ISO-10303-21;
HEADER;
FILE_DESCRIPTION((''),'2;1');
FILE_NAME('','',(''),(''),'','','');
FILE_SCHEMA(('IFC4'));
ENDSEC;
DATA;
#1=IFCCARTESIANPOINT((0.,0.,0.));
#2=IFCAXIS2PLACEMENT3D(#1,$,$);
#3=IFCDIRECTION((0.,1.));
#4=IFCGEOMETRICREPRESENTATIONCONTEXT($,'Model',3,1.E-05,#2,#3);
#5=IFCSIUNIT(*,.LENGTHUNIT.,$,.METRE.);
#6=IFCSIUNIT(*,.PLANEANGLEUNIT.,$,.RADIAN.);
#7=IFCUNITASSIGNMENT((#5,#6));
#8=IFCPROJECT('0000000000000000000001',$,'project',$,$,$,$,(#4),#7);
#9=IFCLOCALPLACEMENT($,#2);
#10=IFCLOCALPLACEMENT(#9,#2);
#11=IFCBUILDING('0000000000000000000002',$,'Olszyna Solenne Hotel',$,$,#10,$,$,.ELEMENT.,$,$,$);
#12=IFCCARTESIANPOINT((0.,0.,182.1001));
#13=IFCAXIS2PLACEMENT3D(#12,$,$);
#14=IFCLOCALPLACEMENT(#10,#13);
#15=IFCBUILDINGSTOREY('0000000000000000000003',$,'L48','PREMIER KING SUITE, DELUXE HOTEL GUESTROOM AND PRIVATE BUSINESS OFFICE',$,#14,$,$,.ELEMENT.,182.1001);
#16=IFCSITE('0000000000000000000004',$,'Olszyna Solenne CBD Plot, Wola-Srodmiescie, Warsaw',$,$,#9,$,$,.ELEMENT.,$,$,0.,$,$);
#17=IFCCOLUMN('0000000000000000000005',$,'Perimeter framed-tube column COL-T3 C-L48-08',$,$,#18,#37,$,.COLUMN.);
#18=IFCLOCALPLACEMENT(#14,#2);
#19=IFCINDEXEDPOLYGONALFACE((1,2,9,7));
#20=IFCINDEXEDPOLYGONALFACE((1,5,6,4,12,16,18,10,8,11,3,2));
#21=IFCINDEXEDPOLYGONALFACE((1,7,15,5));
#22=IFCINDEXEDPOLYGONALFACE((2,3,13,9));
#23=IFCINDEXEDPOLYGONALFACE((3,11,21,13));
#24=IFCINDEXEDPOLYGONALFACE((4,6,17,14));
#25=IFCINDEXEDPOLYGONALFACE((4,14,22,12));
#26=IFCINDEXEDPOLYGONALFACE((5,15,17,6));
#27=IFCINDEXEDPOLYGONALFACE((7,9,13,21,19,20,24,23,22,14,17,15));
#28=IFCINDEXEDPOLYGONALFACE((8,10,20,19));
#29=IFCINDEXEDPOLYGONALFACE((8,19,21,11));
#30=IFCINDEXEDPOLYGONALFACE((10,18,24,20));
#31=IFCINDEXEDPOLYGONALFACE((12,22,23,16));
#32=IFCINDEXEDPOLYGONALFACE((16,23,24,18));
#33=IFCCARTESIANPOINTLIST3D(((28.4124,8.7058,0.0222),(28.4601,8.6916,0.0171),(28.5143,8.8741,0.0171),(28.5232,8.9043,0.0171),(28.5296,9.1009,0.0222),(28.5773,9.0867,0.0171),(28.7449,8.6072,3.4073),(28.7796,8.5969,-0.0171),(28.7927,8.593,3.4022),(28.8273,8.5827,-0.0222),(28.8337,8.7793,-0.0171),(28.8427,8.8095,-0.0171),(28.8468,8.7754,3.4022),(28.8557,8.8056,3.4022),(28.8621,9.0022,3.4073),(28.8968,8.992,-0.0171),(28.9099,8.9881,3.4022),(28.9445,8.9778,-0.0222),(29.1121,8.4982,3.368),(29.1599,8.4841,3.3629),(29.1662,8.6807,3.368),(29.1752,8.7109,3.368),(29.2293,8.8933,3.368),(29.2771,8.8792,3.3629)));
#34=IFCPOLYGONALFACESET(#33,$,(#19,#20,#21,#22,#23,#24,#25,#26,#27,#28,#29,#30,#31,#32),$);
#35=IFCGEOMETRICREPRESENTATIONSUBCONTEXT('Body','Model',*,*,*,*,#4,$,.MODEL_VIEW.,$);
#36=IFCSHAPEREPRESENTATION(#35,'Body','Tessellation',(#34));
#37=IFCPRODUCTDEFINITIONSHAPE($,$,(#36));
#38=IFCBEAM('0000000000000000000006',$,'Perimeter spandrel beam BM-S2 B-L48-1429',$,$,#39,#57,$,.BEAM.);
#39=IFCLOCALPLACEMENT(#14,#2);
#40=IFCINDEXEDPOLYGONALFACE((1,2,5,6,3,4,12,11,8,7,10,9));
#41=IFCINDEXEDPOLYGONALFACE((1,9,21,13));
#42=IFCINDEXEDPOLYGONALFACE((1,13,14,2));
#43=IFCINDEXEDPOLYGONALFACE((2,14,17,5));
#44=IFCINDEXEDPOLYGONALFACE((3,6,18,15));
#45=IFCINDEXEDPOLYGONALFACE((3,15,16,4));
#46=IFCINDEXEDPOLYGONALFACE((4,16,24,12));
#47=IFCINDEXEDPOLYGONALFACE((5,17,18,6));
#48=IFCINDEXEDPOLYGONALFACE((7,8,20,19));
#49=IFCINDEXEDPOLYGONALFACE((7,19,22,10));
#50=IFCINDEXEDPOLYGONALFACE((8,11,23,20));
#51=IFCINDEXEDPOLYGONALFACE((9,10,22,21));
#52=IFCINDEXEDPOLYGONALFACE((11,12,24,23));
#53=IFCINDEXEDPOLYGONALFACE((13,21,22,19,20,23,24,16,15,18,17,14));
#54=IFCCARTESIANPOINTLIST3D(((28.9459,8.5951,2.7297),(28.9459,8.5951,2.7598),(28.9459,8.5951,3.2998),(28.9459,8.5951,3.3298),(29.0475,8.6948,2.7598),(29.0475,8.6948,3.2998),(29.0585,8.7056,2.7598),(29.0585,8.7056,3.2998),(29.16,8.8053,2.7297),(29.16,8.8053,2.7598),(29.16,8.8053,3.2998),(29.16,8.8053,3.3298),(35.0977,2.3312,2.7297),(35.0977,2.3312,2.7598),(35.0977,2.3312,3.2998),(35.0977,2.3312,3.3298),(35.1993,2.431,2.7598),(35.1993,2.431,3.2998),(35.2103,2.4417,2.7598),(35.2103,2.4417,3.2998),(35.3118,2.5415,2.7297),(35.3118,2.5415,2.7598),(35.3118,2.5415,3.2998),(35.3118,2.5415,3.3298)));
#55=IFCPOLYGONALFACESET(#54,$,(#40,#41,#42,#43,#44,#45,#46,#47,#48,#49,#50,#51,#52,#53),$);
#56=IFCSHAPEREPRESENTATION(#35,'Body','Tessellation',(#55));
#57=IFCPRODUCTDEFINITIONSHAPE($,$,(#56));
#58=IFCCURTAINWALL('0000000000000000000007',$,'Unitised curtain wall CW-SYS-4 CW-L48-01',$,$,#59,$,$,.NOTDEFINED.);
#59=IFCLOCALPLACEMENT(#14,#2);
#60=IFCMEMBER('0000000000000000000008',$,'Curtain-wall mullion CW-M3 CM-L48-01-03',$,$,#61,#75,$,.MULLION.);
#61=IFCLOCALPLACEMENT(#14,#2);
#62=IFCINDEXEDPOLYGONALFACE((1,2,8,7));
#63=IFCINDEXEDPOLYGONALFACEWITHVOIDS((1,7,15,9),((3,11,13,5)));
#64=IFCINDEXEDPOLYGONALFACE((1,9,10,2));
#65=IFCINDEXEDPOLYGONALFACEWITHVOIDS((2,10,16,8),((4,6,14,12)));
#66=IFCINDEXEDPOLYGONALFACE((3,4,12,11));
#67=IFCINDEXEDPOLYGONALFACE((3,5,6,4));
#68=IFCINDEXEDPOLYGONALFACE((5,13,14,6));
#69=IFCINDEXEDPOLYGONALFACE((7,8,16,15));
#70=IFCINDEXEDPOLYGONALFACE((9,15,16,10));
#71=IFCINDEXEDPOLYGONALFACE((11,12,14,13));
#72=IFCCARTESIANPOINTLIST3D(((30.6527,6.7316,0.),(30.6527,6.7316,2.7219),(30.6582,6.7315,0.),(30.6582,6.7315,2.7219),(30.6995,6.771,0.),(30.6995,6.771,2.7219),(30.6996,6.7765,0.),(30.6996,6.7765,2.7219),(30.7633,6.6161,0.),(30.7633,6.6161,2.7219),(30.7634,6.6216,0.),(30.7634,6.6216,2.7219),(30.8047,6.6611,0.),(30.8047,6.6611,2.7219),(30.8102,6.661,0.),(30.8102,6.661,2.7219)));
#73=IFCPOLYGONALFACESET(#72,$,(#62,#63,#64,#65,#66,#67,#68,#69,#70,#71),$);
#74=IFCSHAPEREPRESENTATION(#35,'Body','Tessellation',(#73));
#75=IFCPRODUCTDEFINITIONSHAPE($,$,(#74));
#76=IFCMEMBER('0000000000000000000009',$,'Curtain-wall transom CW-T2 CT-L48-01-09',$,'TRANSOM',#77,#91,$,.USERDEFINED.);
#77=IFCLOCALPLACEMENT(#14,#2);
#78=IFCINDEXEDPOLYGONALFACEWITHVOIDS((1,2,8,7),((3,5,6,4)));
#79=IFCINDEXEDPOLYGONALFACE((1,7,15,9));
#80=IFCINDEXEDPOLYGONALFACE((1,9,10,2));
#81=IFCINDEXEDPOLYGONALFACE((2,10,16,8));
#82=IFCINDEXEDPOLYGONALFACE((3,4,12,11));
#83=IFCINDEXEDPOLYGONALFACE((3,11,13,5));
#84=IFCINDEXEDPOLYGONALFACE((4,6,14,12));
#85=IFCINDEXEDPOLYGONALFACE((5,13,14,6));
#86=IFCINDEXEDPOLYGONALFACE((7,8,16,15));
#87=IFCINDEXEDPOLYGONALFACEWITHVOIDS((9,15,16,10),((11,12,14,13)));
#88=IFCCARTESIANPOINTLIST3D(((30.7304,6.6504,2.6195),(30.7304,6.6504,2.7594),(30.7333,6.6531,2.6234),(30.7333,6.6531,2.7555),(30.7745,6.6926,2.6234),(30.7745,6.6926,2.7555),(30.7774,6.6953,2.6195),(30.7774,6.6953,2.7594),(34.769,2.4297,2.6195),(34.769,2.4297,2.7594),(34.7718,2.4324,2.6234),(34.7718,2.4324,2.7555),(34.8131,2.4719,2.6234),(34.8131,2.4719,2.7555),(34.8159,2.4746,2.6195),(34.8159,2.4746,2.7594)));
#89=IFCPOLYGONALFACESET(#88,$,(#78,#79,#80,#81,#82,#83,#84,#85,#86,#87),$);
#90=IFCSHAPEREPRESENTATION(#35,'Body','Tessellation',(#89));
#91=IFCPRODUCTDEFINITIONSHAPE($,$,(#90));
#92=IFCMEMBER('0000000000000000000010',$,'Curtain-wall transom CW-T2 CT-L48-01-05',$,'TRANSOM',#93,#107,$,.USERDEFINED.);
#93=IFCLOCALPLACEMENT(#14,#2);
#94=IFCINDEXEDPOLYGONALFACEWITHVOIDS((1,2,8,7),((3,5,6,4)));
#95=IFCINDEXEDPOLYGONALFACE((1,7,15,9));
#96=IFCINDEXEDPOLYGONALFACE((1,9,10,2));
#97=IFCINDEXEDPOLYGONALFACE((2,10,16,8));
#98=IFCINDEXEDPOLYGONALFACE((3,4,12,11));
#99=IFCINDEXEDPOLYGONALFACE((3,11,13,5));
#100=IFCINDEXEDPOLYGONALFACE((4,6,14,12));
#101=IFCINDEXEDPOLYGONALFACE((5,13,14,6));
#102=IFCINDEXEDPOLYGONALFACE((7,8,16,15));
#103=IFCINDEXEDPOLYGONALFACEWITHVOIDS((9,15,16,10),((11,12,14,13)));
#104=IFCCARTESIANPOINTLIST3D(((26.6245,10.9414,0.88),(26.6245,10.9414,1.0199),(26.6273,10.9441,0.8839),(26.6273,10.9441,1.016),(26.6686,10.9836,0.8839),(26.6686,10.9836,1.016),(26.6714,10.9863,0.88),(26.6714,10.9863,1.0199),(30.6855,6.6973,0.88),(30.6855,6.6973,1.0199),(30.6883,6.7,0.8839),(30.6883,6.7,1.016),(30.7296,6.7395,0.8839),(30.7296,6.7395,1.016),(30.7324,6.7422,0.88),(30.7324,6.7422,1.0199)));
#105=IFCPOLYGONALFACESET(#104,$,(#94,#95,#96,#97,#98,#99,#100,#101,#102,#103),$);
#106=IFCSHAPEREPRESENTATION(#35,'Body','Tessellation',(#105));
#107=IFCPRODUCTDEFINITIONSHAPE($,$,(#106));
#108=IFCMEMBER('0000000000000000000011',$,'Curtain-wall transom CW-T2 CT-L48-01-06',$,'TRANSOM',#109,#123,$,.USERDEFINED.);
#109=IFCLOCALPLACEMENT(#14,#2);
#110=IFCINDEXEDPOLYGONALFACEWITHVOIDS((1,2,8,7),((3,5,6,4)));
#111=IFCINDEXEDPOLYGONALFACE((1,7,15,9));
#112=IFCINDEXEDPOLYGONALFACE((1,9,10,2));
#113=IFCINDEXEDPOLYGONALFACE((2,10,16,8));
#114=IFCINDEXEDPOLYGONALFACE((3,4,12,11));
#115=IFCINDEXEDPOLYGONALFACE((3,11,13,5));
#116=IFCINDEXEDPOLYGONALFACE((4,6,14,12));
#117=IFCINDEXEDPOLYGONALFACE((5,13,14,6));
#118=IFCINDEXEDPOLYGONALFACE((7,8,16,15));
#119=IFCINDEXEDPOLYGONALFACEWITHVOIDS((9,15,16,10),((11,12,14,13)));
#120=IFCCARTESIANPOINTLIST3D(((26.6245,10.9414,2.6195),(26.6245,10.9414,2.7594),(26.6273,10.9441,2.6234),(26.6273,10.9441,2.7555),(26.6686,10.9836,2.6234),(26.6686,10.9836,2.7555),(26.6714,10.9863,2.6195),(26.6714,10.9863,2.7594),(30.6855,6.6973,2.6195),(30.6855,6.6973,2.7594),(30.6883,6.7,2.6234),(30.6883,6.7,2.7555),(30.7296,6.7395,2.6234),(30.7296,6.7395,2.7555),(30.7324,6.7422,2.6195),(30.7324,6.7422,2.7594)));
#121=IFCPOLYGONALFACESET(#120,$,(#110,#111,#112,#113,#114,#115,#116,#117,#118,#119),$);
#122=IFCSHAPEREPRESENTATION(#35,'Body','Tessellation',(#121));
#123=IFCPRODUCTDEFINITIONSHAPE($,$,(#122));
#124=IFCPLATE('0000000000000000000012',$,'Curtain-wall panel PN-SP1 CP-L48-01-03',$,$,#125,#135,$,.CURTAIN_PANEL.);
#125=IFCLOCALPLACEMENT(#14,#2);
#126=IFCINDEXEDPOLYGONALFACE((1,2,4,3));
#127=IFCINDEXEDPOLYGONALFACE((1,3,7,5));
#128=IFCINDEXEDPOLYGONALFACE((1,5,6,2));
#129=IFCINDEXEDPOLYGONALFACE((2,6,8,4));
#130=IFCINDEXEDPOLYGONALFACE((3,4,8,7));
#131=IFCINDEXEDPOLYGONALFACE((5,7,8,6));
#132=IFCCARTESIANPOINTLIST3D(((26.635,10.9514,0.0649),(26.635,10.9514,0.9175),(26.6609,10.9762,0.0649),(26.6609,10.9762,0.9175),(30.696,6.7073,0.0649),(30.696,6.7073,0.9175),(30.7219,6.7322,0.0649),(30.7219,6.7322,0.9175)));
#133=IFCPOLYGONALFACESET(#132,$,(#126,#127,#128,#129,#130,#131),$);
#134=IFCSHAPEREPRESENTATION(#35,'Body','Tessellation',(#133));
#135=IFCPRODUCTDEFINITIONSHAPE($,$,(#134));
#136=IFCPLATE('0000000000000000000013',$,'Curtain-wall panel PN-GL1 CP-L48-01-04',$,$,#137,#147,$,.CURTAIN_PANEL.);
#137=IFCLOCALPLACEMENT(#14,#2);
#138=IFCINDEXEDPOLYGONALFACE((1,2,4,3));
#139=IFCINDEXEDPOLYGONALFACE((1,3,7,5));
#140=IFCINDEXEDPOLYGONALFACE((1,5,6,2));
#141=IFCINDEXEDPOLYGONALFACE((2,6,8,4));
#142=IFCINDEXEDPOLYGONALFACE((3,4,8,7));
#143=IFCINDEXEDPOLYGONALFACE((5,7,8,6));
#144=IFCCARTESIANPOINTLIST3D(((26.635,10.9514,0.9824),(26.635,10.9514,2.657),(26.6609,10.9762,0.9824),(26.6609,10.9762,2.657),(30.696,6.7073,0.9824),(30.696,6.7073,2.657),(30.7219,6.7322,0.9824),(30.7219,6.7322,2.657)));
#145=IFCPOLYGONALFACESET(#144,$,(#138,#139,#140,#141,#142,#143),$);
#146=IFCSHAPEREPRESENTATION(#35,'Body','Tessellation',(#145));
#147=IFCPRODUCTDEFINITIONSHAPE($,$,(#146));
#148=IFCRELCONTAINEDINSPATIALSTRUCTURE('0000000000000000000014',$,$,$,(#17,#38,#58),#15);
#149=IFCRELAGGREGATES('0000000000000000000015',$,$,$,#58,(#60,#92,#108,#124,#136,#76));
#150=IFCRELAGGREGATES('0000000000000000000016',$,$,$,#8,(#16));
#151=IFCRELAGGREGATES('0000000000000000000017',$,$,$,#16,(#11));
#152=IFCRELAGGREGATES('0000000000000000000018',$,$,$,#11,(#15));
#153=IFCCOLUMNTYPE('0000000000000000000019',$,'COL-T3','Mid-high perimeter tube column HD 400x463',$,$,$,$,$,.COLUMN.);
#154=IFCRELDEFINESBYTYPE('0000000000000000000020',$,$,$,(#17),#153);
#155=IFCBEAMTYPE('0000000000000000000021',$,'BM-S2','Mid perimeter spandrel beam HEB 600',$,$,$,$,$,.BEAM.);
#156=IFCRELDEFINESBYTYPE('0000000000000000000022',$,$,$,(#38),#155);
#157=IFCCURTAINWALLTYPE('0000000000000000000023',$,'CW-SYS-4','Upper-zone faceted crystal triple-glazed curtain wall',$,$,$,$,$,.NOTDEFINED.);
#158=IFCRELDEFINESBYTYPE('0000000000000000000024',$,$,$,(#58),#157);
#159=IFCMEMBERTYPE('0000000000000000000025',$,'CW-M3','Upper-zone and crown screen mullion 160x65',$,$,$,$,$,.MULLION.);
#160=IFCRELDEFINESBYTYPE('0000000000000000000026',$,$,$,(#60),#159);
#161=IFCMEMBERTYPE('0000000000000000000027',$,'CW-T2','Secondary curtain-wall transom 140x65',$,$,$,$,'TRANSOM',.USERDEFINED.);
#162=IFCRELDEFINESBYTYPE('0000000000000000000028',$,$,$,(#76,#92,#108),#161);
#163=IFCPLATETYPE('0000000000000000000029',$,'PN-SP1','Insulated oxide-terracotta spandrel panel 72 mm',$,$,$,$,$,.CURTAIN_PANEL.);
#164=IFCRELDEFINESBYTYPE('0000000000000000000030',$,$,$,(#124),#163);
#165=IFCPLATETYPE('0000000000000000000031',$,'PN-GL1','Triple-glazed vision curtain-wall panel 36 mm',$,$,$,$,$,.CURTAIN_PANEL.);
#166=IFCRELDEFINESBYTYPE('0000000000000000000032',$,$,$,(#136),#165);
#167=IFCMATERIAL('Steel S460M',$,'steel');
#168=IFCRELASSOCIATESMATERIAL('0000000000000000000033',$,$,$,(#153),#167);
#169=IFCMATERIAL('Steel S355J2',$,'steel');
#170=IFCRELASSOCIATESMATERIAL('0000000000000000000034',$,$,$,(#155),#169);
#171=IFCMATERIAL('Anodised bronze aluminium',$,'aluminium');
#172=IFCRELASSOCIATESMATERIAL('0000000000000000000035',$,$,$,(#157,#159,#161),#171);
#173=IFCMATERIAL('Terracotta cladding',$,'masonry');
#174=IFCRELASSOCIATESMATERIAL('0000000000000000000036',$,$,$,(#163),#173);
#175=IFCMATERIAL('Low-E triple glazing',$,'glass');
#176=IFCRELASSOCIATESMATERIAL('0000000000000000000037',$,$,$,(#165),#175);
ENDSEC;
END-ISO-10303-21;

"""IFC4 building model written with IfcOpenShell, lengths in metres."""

from ifc_helpers import new_model, si_unit, direction, frame, origin, origin_2d, place, context, subcontext, project, spatial, rectangle, hollow_rectangle, i_section, extrude, source, transform, mapped, material, material_profile, profile_set, type_object, element, aggregate, save


model = new_model("IFC4")

# Units and contexts
model_context = context("Model", 3, precision=1e-05, world=origin(), true_north=direction((0.0, 1.0)))
body_context = subcontext(model_context, "Body", "Model", "MODEL_VIEW")
ifc_project = project(units=[si_unit("LENGTHUNIT", "METRE"), si_unit("PLANEANGLEUNIT", "RADIAN")], contexts=[model_context])

# Site, building, storey
site_placement = place(None, origin())
site = spatial("IfcSite", under=ifc_project, at=site_placement, Name="Olszyna Solenne CBD Plot, Wola-Srodmiescie, Warsaw", CompositionType="ELEMENT", RefElevation=0.0)
building_placement = place(site_placement, origin())
building = spatial("IfcBuilding", under=site, at=building_placement, Name="Olszyna Solenne Hotel", CompositionType="ELEMENT")
storey_placement = place(building_placement, frame((0.0, 0.0, 182.1001)))
storey = spatial("IfcBuildingStorey", under=building, at=storey_placement, Name="L48", Description="PREMIER KING SUITE, DELUXE HOTEL GUESTROOM AND PRIVATE BUSINESS OFFICE", CompositionType="ELEMENT", Elevation=182.1001)

# Column
ifc_material_1 = material(Name="Steel S460M", Category="steel")
ifc_material_profile_1 = material_profile(ifc_material_1, i_section(OverallWidth=0.4121, OverallDepth=0.4351, WebThickness=0.0315, FlangeThickness=0.05, at=origin_2d()), Name="HD 400x463", Category="load-bearing")
ifc_profile_set_1 = profile_set([ifc_material_profile_1], Name="Steel S460M")
column_type = type_object("IfcColumnType", Name="COL-T3", Description="Mid-high perimeter tube column HD 400x463", PredefinedType="COLUMN", material=ifc_profile_set_1)
shared_shape_1 = source(origin(), body_context, "Body", "SweptSolid", [
    extrude(i_section(OverallWidth=0.4121, OverallDepth=0.4351, WebThickness=0.0315, FlangeThickness=0.05, at=origin_2d()), origin(), (0.0, 0.0, 1.0), 3.4028),
])
column_placement = place(storey_placement, frame((28.6785, 8.8418, 0.0), z_axis=(0.097721, -0.028986, 0.994792), x_axis=(0.284376, 0.958713, 0.0)))
element("IfcColumn", 1, at=column_placement, inside=storey, type_object=column_type, Name="Perimeter framed-tube column COL-T3 C-L48-08", PredefinedType="COLUMN", context=body_context, shape_type="MappedRepresentation", body=[
    mapped(shared_shape_1, transform((0.0, 0.0, 0.0), x_axis=(1.0, 0.0, 0.0), y_axis=(0.0, 1.0, 0.0), z_axis=(0.0, 0.0, 1.0), scale=1.0)),
])

# Beam
ifc_material_2 = material(Name="Steel S355J2", Category="steel")
ifc_material_profile_2 = material_profile(ifc_material_2, i_section(OverallWidth=0.3, OverallDepth=0.6001, WebThickness=0.0154, FlangeThickness=0.03, at=origin_2d()), Name="HEB 600", Category="load-bearing")
ifc_profile_set_2 = profile_set([ifc_material_profile_2], Name="Steel S355J2")
beam_type = type_object("IfcBeamType", Name="BM-S2", Description="Mid perimeter spandrel beam HEB 600", PredefinedType="BEAM", material=ifc_profile_set_2)
shared_shape_2 = source(origin(), body_context, "Body", "SweptSolid", [
    extrude(i_section(OverallWidth=0.3, OverallDepth=0.6001, WebThickness=0.0154, FlangeThickness=0.03, at=origin_2d()), origin(), (0.0, 0.0, 1.0), 8.7795),
])
beam_placement = place(storey_placement, frame((29.053, 8.7002, 3.0298), z_axis=(0.700696, -0.71346, 0.0), x_axis=(0.71346, 0.700696, 0.0)))
element("IfcBeam", 2, at=beam_placement, inside=storey, type_object=beam_type, Name="Perimeter spandrel beam BM-S2 B-L48-1429", PredefinedType="BEAM", context=body_context, shape_type="MappedRepresentation", body=[
    mapped(shared_shape_2, transform((0.0, 0.0, 0.0), x_axis=(1.0, 0.0, 0.0), y_axis=(0.0, 1.0, 0.0), z_axis=(0.0, 0.0, 1.0), scale=1.0)),
])

# Curtain wall, members, plates
ifc_material_3 = material(Name="Anodised bronze aluminium", Category="aluminium")
curtain_wall_type = type_object("IfcCurtainWallType", Name="CW-SYS-4", Description="Upper-zone faceted crystal triple-glazed curtain wall", PredefinedType="NOTDEFINED", material=ifc_material_3)
curtain_wall_placement = place(storey_placement, origin())
curtain_wall = element("IfcCurtainWall", 3, at=curtain_wall_placement, inside=storey, type_object=curtain_wall_type, Name="Unitised curtain wall CW-SYS-4 CW-L48-01", PredefinedType="NOTDEFINED")
ifc_material_profile_3 = material_profile(ifc_material_3, hollow_rectangle(XDim=0.0649, YDim=0.1599, WallThickness=0.0039, at=origin_2d()), Name="MULL 160x65x4", Category="load-bearing")
ifc_profile_set_3 = profile_set([ifc_material_profile_3], Name="Anodised bronze aluminium")
member_type_1 = type_object("IfcMemberType", Name="CW-M3", Description="Upper-zone and crown screen mullion 160x65", PredefinedType="MULLION", material=ifc_profile_set_3)
shared_shape_3 = source(origin(), body_context, "Body", "SweptSolid", [
    extrude(hollow_rectangle(XDim=0.0649, YDim=0.1599, WallThickness=0.0039, at=origin_2d()), origin(), (0.0, 0.0, 1.0), 2.7219),
])
member_1_placement = place(storey_placement, frame((30.7314, 6.6963, 0.0), z_axis=(0.0, 0.0, 1.0), x_axis=(0.722518, 0.691352, 0.0)))
member_1 = element("IfcMember", 4, at=member_1_placement, type_object=member_type_1, Name="Curtain-wall mullion CW-M3 CM-L48-01-03", PredefinedType="MULLION", context=body_context, shape_type="MappedRepresentation", body=[
    mapped(shared_shape_3, transform((0.0, 0.0, 0.0), x_axis=(1.0, 0.0, 0.0), y_axis=(0.0, 1.0, 0.0), z_axis=(0.0, 0.0, 1.0), scale=1.0)),
])
ifc_material_profile_4 = material_profile(ifc_material_3, hollow_rectangle(XDim=0.0649, YDim=0.1399, WallThickness=0.0039, at=origin_2d()), Name="TRAN 140x65x4", Category="load-bearing")
ifc_profile_set_4 = profile_set([ifc_material_profile_4], Name="Anodised bronze aluminium")
member_type_2 = type_object("IfcMemberType", Name="CW-T2", Description="Secondary curtain-wall transom 140x65", ElementType="TRANSOM", PredefinedType="USERDEFINED", material=ifc_profile_set_4)
shared_shape_4 = source(origin(), body_context, "Body", "SweptSolid", [
    extrude(hollow_rectangle(XDim=0.0649, YDim=0.1399, WallThickness=0.0039, at=origin_2d()), origin(), (0.0, 0.0, 1.0), 5.8416),
])
member_2_placement = place(storey_placement, frame((30.7539, 6.6729, 2.6895), z_axis=(0.691346, -0.722524, 0.0), x_axis=(0.722524, 0.691346, 0.0)))
member_2 = element("IfcMember", 5, at=member_2_placement, type_object=member_type_2, Name="Curtain-wall transom CW-T2 CT-L48-01-09", ObjectType="TRANSOM", PredefinedType="USERDEFINED", context=body_context, shape_type="MappedRepresentation", body=[
    mapped(shared_shape_4, transform((0.0, 0.0, 0.0), x_axis=(1.0, 0.0, 0.0), y_axis=(0.0, 1.0, 0.0), z_axis=(0.0, 0.0, 1.0), scale=1.0)),
])
shared_shape_5 = source(origin(), body_context, "Body", "SweptSolid", [
    extrude(hollow_rectangle(XDim=0.0649, YDim=0.1399, WallThickness=0.0039, at=origin_2d()), origin(), (0.0, 0.0, 1.0), 5.874),
])
member_3_placement = place(storey_placement, frame((26.6479, 10.9639, 0.95), z_axis=(0.691349, -0.722521, 0.0), x_axis=(0.722521, 0.691349, 0.0)))
member_3 = element("IfcMember", 6, at=member_3_placement, type_object=member_type_2, Name="Curtain-wall transom CW-T2 CT-L48-01-05", ObjectType="TRANSOM", PredefinedType="USERDEFINED", context=body_context, shape_type="MappedRepresentation", body=[
    mapped(shared_shape_5, transform((0.0, 0.0, 0.0), x_axis=(1.0, 0.0, 0.0), y_axis=(0.0, 1.0, 0.0), z_axis=(0.0, 0.0, 1.0), scale=1.0)),
])
member_4_placement = place(storey_placement, frame((26.6479, 10.9639, 2.6895), z_axis=(0.691349, -0.722521, 0.0), x_axis=(0.722521, 0.691349, 0.0)))
member_4 = element("IfcMember", 7, at=member_4_placement, type_object=member_type_2, Name="Curtain-wall transom CW-T2 CT-L48-01-06", ObjectType="TRANSOM", PredefinedType="USERDEFINED", context=body_context, shape_type="MappedRepresentation", body=[
    mapped(shared_shape_5, transform((0.0, 0.0, 0.0), x_axis=(1.0, 0.0, 0.0), y_axis=(0.0, 1.0, 0.0), z_axis=(0.0, 0.0, 1.0), scale=1.0)),
])
ifc_material_4 = material(Name="Terracotta cladding", Category="masonry")
plate_type_1 = type_object("IfcPlateType", Name="PN-SP1", Description="Insulated oxide-terracotta spandrel panel 72 mm", PredefinedType="CURTAIN_PANEL", material=ifc_material_4)
shared_shape_6 = source(origin(), body_context, "Body", "SweptSolid", [
    extrude(rectangle(XDim=5.874, YDim=0.0359, at=origin_2d()), origin(), (0.0, 0.0, 1.0), 0.8525),
])
plate_1_placement = place(storey_placement, frame((28.6785, 8.8418, 0.0649), z_axis=(0.0, 0.0, 1.0), x_axis=(0.691352, -0.722518, 0.0)))
plate_1 = element("IfcPlate", 8, at=plate_1_placement, type_object=plate_type_1, Name="Curtain-wall panel PN-SP1 CP-L48-01-03", PredefinedType="CURTAIN_PANEL", context=body_context, shape_type="MappedRepresentation", body=[
    mapped(shared_shape_6, transform((0.0, 0.0, 0.0), x_axis=(1.0, 0.0, 0.0), y_axis=(0.0, 1.0, 0.0), z_axis=(0.0, 0.0, 1.0), scale=1.0)),
])
ifc_material_5 = material(Name="Low-E triple glazing", Category="glass")
plate_type_2 = type_object("IfcPlateType", Name="PN-GL1", Description="Triple-glazed vision curtain-wall panel 36 mm", PredefinedType="CURTAIN_PANEL", material=ifc_material_5)
shared_shape_7 = source(origin(), body_context, "Body", "SweptSolid", [
    extrude(rectangle(XDim=5.874, YDim=0.0359, at=origin_2d()), origin(), (0.0, 0.0, 1.0), 1.6746),
])
plate_2_placement = place(storey_placement, frame((28.6785, 8.8418, 0.9824), z_axis=(0.0, 0.0, 1.0), x_axis=(0.691352, -0.722518, 0.0)))
plate_2 = element("IfcPlate", 9, at=plate_2_placement, type_object=plate_type_2, Name="Curtain-wall panel PN-GL1 CP-L48-01-04", PredefinedType="CURTAIN_PANEL", context=body_context, shape_type="MappedRepresentation", body=[
    mapped(shared_shape_7, transform((0.0, 0.0, 0.0), x_axis=(1.0, 0.0, 0.0), y_axis=(0.0, 1.0, 0.0), z_axis=(0.0, 0.0, 1.0), scale=1.0)),
])
aggregate(curtain_wall, [member_1, member_3, member_4, plate_1, plate_2, member_2])

save(model, "model.ifc")
